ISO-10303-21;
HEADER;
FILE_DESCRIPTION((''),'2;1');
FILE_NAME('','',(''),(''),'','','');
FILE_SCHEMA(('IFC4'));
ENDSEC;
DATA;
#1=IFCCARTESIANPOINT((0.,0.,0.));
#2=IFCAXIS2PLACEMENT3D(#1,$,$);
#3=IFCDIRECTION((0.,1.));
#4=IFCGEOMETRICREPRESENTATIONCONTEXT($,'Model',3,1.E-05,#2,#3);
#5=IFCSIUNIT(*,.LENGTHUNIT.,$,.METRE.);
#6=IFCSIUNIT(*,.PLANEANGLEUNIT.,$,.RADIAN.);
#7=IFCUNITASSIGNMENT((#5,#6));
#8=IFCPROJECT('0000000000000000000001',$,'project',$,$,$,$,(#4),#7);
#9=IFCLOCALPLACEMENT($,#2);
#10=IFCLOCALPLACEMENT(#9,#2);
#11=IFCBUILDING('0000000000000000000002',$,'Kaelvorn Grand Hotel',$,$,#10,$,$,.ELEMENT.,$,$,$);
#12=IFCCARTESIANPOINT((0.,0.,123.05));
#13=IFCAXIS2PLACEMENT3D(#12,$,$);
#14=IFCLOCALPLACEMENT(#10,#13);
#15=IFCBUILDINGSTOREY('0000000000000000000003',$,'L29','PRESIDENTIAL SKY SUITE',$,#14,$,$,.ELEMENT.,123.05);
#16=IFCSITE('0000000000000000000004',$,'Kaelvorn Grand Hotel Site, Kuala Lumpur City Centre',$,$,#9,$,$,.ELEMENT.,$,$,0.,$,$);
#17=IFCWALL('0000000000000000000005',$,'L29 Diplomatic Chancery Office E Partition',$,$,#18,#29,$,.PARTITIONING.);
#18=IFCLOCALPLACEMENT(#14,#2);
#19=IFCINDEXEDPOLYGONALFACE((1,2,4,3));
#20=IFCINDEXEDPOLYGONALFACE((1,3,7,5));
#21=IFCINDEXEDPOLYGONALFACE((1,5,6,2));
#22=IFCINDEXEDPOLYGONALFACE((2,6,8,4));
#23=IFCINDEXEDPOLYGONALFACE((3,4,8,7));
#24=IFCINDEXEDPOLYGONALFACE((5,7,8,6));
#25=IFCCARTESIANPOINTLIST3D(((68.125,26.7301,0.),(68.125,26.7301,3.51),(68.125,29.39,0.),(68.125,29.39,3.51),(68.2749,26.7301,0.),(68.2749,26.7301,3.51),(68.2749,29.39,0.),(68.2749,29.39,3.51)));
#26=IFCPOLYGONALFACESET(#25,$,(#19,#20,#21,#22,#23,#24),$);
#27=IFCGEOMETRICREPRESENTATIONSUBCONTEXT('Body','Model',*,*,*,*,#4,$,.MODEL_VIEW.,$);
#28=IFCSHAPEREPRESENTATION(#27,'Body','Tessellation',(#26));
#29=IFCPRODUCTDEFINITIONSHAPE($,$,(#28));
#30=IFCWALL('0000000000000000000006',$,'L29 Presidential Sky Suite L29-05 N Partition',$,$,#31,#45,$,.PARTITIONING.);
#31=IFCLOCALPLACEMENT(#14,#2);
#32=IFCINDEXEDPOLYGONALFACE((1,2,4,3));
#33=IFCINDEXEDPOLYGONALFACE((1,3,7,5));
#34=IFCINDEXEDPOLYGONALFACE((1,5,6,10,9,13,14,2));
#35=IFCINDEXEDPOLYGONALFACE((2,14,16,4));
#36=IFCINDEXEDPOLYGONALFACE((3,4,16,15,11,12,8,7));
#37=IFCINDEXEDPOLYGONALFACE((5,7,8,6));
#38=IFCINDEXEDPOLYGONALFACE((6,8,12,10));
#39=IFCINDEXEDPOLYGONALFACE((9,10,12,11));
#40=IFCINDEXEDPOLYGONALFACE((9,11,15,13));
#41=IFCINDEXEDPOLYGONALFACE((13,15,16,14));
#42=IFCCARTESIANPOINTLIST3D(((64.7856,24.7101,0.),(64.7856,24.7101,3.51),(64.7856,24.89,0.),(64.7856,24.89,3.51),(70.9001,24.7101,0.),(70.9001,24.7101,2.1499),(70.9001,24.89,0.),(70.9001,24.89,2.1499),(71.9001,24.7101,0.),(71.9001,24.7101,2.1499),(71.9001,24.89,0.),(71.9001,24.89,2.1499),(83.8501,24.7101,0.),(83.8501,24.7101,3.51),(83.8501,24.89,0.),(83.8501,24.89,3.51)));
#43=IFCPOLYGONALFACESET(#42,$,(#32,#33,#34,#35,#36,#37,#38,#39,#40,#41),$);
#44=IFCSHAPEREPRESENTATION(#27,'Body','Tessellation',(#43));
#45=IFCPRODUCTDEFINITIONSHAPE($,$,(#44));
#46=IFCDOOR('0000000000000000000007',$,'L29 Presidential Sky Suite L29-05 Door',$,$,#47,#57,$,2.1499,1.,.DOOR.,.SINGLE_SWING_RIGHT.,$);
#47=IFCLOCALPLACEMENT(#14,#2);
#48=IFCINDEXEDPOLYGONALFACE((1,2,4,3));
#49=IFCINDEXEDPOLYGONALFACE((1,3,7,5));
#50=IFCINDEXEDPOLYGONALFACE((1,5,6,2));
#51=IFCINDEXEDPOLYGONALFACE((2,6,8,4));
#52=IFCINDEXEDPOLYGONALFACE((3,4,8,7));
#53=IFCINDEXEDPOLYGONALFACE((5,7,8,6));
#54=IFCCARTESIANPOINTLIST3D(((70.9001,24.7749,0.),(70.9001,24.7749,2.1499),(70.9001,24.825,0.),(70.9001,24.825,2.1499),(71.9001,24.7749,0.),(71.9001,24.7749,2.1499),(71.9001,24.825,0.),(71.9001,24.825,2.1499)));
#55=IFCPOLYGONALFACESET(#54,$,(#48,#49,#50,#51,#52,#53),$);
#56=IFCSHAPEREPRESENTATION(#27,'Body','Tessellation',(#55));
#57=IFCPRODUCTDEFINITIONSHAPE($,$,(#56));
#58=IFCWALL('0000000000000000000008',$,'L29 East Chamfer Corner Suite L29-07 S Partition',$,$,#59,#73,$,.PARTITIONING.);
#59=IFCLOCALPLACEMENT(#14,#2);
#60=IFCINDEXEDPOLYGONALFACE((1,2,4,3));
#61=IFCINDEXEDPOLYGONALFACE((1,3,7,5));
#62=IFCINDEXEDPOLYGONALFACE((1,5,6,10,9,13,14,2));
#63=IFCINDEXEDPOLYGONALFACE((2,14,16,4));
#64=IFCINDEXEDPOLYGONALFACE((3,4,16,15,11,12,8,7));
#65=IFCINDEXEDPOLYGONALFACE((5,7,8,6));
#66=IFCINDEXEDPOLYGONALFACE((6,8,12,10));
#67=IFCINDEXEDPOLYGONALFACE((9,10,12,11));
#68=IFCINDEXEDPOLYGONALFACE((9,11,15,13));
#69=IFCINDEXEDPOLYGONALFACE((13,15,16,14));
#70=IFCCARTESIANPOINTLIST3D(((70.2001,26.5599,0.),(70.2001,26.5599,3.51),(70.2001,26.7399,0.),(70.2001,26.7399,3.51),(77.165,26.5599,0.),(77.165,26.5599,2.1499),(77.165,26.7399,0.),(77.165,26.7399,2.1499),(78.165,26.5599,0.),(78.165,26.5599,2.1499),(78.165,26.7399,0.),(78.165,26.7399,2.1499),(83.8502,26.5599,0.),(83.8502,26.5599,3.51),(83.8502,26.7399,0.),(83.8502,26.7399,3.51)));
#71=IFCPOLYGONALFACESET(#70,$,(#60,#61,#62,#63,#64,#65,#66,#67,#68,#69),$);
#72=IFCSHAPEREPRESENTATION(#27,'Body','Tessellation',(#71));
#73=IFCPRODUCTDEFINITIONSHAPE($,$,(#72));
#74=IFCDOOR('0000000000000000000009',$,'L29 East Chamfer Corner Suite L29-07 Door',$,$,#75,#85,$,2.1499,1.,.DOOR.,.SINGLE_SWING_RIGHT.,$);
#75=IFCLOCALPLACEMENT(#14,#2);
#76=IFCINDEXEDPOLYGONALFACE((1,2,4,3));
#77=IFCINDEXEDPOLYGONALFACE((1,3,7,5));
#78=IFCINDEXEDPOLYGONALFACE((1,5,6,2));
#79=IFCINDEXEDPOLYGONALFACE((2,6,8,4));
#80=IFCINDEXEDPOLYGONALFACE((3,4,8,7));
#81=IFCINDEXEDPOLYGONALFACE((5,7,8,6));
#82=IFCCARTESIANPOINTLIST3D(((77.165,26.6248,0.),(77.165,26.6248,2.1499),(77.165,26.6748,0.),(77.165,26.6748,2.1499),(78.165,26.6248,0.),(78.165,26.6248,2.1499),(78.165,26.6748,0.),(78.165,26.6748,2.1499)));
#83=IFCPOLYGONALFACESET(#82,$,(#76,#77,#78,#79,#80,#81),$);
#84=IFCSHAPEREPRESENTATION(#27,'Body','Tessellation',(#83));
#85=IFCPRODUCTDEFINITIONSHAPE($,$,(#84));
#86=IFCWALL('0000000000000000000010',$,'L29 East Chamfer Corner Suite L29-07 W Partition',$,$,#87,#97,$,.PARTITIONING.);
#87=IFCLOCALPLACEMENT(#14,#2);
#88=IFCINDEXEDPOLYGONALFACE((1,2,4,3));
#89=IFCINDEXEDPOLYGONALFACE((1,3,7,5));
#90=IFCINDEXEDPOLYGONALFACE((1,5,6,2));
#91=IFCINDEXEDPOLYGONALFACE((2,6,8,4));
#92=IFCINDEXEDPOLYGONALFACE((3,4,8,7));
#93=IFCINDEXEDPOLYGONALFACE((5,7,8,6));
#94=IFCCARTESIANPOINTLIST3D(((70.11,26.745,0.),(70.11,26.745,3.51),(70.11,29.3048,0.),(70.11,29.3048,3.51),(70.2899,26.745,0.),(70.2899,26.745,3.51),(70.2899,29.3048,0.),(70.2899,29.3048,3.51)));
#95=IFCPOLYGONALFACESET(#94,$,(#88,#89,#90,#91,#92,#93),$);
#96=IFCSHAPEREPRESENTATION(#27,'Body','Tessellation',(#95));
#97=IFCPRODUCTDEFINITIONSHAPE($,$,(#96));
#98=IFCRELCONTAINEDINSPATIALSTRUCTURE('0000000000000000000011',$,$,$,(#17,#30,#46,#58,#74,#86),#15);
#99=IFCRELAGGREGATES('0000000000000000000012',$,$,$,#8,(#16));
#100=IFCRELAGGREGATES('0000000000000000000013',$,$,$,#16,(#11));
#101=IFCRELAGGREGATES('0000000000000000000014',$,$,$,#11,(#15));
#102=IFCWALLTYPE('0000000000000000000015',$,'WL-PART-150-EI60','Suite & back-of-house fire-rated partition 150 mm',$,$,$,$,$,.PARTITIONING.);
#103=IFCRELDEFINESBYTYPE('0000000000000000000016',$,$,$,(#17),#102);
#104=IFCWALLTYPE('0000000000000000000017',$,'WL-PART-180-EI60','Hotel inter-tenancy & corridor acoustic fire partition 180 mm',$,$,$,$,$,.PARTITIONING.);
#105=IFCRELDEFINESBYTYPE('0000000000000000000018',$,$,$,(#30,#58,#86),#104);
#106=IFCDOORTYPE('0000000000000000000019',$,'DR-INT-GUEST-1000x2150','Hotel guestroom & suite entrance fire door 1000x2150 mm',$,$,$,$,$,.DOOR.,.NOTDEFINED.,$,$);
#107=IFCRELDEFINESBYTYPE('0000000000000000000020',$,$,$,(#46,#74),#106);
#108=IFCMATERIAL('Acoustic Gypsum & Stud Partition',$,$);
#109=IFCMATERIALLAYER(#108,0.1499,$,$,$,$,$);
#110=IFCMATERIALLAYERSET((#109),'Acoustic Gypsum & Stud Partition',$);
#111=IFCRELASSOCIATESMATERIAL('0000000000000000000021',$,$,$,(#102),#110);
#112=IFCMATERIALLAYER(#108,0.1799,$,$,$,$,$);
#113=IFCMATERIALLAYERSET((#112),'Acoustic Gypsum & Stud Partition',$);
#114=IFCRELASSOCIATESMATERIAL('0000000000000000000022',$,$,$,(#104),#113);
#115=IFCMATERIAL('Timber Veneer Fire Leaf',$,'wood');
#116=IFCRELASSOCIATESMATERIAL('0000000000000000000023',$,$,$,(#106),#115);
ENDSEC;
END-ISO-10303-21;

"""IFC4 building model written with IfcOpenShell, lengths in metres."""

from ifc_helpers import new_model, si_unit, direction, frame, frame_2d, origin, place, context, subcontext, project, spatial, rectangle, extrude, material, layer, layer_set, type_object, element, fill, save


model = new_model("IFC4")

# Units and contexts
model_context = context("Model", 3, precision=1e-05, world=origin(), true_north=direction((0.0, 1.0)))
body_context = subcontext(model_context, "Body", "Model", "MODEL_VIEW")
ifc_project = project(units=[si_unit("LENGTHUNIT", "METRE"), si_unit("PLANEANGLEUNIT", "RADIAN")], contexts=[model_context])

# Site, building, storey
site_placement = place(None, origin())
site = spatial("IfcSite", under=ifc_project, at=site_placement, Name="Kaelvorn Grand Hotel Site, Kuala Lumpur City Centre", CompositionType="ELEMENT", RefElevation=0.0)
building_placement = place(site_placement, origin())
building = spatial("IfcBuilding", under=site, at=building_placement, Name="Kaelvorn Grand Hotel", CompositionType="ELEMENT")
storey_placement = place(building_placement, frame((0.0, 0.0, 123.05)))
storey = spatial("IfcBuildingStorey", under=building, at=storey_placement, Name="L29", Description="PRESIDENTIAL SKY SUITE", CompositionType="ELEMENT", Elevation=123.05)

# Wall
ifc_material_1 = material(Name="Acoustic Gypsum & Stud Partition")
ifc_layer_1 = layer(ifc_material_1, 0.1499)
ifc_layer_set_1 = layer_set([ifc_layer_1], Name="Acoustic Gypsum & Stud Partition")
wall_type_1 = type_object("IfcWallType", Name="WL-PART-150-EI60", Description="Suite & back-of-house fire-rated partition 150 mm", PredefinedType="PARTITIONING", material=ifc_layer_set_1)
wall_1_placement = place(storey_placement, frame((68.2, 26.73, 0.0), z_axis=(0.0, 0.0, 1.0), x_axis=(0.0, 1.0, 0.0)))
element("IfcWall", 1, at=wall_1_placement, inside=storey, type_object=wall_type_1, Name="L29 Diplomatic Chancery Office E Partition", PredefinedType="PARTITIONING", context=body_context, shape_type="SweptSolid", body=[
    extrude(rectangle(XDim=2.6599, YDim=0.1499, at=frame_2d((1.3301, 0.0))), origin(), (0.0, 0.0, 1.0), 3.51),
])

# Walls, openings, doors
ifc_layer_2 = layer(ifc_material_1, 0.1799)
ifc_layer_set_2 = layer_set([ifc_layer_2], Name="Acoustic Gypsum & Stud Partition")
wall_type_2 = type_object("IfcWallType", Name="WL-PART-180-EI60", Description="Hotel inter-tenancy & corridor acoustic fire partition 180 mm", PredefinedType="PARTITIONING", material=ifc_layer_set_2)
wall_2_placement = place(storey_placement, frame((64.7856, 24.8, 0.0), z_axis=(0.0, 0.0, 1.0), x_axis=(1.0, 0.0, 0.0)))
wall_2 = element("IfcWall", 2, at=wall_2_placement, inside=storey, type_object=wall_type_2, Name="L29 Presidential Sky Suite L29-05 N Partition", PredefinedType="PARTITIONING", context=body_context, shape_type="SweptSolid", body=[
    extrude(rectangle(XDim=19.0645, YDim=0.1799, at=frame_2d((9.5322, 0.0))), origin(), (0.0, 0.0, 1.0), 3.51),
])
opening_1_placement = place(wall_2_placement, frame((6.1145, 0.0, 0.0)))
opening_1 = element("IfcOpeningElement", 3, at=opening_1_placement, cuts=wall_2, PredefinedType="OPENING", context=body_context, shape_type="SweptSolid", body=[
    extrude(rectangle(XDim=1.0, YDim=2.1499, at=frame_2d((0.5, 1.075))), frame((0.0, 0.1001, 0.0), z_axis=(0.0, -1.0, 0.0), x_axis=(1.0, 0.0, 0.0)), (0.0, 0.0, 1.0), 0.2),
])
ifc_material_2 = material(Name="Timber Veneer Fire Leaf", Category="wood")
door_type_1 = type_object("IfcDoorType", Name="DR-INT-GUEST-1000x2150", Description="Hotel guestroom & suite entrance fire door 1000x2150 mm", OperationType="NOTDEFINED", PredefinedType="DOOR", material=ifc_material_2)
door_1_placement = place(opening_1_placement, origin())
door_1 = element("IfcDoor", 4, at=door_1_placement, inside=storey, type_object=door_type_1, Name="L29 Presidential Sky Suite L29-05 Door", OperationType="SINGLE_SWING_RIGHT", OverallHeight=2.1499, OverallWidth=1.0, PredefinedType="DOOR", context=body_context, shape_type="SweptSolid", body=[
    extrude(rectangle(XDim=1.0, YDim=2.1499, at=frame_2d((0.5, 1.075))), frame((0.0, 0.0249, 0.0), z_axis=(0.0, -1.0, 0.0), x_axis=(1.0, 0.0, 0.0)), (0.0, 0.0, 1.0), 0.05),
])
fill(opening_1, door_1)
wall_3_placement = place(storey_placement, frame((70.2, 26.6499, 0.0), z_axis=(0.0, 0.0, 1.0), x_axis=(1.0, 0.0, 0.0)))
wall_3 = element("IfcWall", 5, at=wall_3_placement, inside=storey, type_object=wall_type_2, Name="L29 East Chamfer Corner Suite L29-07 S Partition", PredefinedType="PARTITIONING", context=body_context, shape_type="SweptSolid", body=[
    extrude(rectangle(XDim=13.6501, YDim=0.1799, at=frame_2d((6.8252, 0.0))), origin(), (0.0, 0.0, 1.0), 3.51),
])
opening_2_placement = place(wall_3_placement, frame((6.9651, 0.0, 0.0)))
opening_2 = element("IfcOpeningElement", 6, at=opening_2_placement, cuts=wall_3, PredefinedType="OPENING", context=body_context, shape_type="SweptSolid", body=[
    extrude(rectangle(XDim=1.0, YDim=2.1499, at=frame_2d((0.5, 1.075))), frame((0.0, 0.1001, 0.0), z_axis=(0.0, -1.0, 0.0), x_axis=(1.0, 0.0, 0.0)), (0.0, 0.0, 1.0), 0.2),
])
door_2_placement = place(opening_2_placement, origin())
door_2 = element("IfcDoor", 7, at=door_2_placement, inside=storey, type_object=door_type_1, Name="L29 East Chamfer Corner Suite L29-07 Door", OperationType="SINGLE_SWING_RIGHT", OverallHeight=2.1499, OverallWidth=1.0, PredefinedType="DOOR", context=body_context, shape_type="SweptSolid", body=[
    extrude(rectangle(XDim=1.0, YDim=2.1499, at=frame_2d((0.5, 1.075))), frame((0.0, 0.0249, 0.0), z_axis=(0.0, -1.0, 0.0), x_axis=(1.0, 0.0, 0.0)), (0.0, 0.0, 1.0), 0.05),
])
fill(opening_2, door_2)

# Wall
wall_4_placement = place(storey_placement, frame((70.2, 26.7451, 0.0), z_axis=(0.0, 0.0, 1.0), x_axis=(0.0, 1.0, 0.0)))
element("IfcWall", 8, at=wall_4_placement, inside=storey, type_object=wall_type_2, Name="L29 East Chamfer Corner Suite L29-07 W Partition", PredefinedType="PARTITIONING", context=body_context, shape_type="SweptSolid", body=[
    extrude(rectangle(XDim=2.5598, YDim=0.1799, at=frame_2d((1.2798, 0.0))), origin(), (0.0, 0.0, 1.0), 3.51),
])

save(model, "model.ifc")
